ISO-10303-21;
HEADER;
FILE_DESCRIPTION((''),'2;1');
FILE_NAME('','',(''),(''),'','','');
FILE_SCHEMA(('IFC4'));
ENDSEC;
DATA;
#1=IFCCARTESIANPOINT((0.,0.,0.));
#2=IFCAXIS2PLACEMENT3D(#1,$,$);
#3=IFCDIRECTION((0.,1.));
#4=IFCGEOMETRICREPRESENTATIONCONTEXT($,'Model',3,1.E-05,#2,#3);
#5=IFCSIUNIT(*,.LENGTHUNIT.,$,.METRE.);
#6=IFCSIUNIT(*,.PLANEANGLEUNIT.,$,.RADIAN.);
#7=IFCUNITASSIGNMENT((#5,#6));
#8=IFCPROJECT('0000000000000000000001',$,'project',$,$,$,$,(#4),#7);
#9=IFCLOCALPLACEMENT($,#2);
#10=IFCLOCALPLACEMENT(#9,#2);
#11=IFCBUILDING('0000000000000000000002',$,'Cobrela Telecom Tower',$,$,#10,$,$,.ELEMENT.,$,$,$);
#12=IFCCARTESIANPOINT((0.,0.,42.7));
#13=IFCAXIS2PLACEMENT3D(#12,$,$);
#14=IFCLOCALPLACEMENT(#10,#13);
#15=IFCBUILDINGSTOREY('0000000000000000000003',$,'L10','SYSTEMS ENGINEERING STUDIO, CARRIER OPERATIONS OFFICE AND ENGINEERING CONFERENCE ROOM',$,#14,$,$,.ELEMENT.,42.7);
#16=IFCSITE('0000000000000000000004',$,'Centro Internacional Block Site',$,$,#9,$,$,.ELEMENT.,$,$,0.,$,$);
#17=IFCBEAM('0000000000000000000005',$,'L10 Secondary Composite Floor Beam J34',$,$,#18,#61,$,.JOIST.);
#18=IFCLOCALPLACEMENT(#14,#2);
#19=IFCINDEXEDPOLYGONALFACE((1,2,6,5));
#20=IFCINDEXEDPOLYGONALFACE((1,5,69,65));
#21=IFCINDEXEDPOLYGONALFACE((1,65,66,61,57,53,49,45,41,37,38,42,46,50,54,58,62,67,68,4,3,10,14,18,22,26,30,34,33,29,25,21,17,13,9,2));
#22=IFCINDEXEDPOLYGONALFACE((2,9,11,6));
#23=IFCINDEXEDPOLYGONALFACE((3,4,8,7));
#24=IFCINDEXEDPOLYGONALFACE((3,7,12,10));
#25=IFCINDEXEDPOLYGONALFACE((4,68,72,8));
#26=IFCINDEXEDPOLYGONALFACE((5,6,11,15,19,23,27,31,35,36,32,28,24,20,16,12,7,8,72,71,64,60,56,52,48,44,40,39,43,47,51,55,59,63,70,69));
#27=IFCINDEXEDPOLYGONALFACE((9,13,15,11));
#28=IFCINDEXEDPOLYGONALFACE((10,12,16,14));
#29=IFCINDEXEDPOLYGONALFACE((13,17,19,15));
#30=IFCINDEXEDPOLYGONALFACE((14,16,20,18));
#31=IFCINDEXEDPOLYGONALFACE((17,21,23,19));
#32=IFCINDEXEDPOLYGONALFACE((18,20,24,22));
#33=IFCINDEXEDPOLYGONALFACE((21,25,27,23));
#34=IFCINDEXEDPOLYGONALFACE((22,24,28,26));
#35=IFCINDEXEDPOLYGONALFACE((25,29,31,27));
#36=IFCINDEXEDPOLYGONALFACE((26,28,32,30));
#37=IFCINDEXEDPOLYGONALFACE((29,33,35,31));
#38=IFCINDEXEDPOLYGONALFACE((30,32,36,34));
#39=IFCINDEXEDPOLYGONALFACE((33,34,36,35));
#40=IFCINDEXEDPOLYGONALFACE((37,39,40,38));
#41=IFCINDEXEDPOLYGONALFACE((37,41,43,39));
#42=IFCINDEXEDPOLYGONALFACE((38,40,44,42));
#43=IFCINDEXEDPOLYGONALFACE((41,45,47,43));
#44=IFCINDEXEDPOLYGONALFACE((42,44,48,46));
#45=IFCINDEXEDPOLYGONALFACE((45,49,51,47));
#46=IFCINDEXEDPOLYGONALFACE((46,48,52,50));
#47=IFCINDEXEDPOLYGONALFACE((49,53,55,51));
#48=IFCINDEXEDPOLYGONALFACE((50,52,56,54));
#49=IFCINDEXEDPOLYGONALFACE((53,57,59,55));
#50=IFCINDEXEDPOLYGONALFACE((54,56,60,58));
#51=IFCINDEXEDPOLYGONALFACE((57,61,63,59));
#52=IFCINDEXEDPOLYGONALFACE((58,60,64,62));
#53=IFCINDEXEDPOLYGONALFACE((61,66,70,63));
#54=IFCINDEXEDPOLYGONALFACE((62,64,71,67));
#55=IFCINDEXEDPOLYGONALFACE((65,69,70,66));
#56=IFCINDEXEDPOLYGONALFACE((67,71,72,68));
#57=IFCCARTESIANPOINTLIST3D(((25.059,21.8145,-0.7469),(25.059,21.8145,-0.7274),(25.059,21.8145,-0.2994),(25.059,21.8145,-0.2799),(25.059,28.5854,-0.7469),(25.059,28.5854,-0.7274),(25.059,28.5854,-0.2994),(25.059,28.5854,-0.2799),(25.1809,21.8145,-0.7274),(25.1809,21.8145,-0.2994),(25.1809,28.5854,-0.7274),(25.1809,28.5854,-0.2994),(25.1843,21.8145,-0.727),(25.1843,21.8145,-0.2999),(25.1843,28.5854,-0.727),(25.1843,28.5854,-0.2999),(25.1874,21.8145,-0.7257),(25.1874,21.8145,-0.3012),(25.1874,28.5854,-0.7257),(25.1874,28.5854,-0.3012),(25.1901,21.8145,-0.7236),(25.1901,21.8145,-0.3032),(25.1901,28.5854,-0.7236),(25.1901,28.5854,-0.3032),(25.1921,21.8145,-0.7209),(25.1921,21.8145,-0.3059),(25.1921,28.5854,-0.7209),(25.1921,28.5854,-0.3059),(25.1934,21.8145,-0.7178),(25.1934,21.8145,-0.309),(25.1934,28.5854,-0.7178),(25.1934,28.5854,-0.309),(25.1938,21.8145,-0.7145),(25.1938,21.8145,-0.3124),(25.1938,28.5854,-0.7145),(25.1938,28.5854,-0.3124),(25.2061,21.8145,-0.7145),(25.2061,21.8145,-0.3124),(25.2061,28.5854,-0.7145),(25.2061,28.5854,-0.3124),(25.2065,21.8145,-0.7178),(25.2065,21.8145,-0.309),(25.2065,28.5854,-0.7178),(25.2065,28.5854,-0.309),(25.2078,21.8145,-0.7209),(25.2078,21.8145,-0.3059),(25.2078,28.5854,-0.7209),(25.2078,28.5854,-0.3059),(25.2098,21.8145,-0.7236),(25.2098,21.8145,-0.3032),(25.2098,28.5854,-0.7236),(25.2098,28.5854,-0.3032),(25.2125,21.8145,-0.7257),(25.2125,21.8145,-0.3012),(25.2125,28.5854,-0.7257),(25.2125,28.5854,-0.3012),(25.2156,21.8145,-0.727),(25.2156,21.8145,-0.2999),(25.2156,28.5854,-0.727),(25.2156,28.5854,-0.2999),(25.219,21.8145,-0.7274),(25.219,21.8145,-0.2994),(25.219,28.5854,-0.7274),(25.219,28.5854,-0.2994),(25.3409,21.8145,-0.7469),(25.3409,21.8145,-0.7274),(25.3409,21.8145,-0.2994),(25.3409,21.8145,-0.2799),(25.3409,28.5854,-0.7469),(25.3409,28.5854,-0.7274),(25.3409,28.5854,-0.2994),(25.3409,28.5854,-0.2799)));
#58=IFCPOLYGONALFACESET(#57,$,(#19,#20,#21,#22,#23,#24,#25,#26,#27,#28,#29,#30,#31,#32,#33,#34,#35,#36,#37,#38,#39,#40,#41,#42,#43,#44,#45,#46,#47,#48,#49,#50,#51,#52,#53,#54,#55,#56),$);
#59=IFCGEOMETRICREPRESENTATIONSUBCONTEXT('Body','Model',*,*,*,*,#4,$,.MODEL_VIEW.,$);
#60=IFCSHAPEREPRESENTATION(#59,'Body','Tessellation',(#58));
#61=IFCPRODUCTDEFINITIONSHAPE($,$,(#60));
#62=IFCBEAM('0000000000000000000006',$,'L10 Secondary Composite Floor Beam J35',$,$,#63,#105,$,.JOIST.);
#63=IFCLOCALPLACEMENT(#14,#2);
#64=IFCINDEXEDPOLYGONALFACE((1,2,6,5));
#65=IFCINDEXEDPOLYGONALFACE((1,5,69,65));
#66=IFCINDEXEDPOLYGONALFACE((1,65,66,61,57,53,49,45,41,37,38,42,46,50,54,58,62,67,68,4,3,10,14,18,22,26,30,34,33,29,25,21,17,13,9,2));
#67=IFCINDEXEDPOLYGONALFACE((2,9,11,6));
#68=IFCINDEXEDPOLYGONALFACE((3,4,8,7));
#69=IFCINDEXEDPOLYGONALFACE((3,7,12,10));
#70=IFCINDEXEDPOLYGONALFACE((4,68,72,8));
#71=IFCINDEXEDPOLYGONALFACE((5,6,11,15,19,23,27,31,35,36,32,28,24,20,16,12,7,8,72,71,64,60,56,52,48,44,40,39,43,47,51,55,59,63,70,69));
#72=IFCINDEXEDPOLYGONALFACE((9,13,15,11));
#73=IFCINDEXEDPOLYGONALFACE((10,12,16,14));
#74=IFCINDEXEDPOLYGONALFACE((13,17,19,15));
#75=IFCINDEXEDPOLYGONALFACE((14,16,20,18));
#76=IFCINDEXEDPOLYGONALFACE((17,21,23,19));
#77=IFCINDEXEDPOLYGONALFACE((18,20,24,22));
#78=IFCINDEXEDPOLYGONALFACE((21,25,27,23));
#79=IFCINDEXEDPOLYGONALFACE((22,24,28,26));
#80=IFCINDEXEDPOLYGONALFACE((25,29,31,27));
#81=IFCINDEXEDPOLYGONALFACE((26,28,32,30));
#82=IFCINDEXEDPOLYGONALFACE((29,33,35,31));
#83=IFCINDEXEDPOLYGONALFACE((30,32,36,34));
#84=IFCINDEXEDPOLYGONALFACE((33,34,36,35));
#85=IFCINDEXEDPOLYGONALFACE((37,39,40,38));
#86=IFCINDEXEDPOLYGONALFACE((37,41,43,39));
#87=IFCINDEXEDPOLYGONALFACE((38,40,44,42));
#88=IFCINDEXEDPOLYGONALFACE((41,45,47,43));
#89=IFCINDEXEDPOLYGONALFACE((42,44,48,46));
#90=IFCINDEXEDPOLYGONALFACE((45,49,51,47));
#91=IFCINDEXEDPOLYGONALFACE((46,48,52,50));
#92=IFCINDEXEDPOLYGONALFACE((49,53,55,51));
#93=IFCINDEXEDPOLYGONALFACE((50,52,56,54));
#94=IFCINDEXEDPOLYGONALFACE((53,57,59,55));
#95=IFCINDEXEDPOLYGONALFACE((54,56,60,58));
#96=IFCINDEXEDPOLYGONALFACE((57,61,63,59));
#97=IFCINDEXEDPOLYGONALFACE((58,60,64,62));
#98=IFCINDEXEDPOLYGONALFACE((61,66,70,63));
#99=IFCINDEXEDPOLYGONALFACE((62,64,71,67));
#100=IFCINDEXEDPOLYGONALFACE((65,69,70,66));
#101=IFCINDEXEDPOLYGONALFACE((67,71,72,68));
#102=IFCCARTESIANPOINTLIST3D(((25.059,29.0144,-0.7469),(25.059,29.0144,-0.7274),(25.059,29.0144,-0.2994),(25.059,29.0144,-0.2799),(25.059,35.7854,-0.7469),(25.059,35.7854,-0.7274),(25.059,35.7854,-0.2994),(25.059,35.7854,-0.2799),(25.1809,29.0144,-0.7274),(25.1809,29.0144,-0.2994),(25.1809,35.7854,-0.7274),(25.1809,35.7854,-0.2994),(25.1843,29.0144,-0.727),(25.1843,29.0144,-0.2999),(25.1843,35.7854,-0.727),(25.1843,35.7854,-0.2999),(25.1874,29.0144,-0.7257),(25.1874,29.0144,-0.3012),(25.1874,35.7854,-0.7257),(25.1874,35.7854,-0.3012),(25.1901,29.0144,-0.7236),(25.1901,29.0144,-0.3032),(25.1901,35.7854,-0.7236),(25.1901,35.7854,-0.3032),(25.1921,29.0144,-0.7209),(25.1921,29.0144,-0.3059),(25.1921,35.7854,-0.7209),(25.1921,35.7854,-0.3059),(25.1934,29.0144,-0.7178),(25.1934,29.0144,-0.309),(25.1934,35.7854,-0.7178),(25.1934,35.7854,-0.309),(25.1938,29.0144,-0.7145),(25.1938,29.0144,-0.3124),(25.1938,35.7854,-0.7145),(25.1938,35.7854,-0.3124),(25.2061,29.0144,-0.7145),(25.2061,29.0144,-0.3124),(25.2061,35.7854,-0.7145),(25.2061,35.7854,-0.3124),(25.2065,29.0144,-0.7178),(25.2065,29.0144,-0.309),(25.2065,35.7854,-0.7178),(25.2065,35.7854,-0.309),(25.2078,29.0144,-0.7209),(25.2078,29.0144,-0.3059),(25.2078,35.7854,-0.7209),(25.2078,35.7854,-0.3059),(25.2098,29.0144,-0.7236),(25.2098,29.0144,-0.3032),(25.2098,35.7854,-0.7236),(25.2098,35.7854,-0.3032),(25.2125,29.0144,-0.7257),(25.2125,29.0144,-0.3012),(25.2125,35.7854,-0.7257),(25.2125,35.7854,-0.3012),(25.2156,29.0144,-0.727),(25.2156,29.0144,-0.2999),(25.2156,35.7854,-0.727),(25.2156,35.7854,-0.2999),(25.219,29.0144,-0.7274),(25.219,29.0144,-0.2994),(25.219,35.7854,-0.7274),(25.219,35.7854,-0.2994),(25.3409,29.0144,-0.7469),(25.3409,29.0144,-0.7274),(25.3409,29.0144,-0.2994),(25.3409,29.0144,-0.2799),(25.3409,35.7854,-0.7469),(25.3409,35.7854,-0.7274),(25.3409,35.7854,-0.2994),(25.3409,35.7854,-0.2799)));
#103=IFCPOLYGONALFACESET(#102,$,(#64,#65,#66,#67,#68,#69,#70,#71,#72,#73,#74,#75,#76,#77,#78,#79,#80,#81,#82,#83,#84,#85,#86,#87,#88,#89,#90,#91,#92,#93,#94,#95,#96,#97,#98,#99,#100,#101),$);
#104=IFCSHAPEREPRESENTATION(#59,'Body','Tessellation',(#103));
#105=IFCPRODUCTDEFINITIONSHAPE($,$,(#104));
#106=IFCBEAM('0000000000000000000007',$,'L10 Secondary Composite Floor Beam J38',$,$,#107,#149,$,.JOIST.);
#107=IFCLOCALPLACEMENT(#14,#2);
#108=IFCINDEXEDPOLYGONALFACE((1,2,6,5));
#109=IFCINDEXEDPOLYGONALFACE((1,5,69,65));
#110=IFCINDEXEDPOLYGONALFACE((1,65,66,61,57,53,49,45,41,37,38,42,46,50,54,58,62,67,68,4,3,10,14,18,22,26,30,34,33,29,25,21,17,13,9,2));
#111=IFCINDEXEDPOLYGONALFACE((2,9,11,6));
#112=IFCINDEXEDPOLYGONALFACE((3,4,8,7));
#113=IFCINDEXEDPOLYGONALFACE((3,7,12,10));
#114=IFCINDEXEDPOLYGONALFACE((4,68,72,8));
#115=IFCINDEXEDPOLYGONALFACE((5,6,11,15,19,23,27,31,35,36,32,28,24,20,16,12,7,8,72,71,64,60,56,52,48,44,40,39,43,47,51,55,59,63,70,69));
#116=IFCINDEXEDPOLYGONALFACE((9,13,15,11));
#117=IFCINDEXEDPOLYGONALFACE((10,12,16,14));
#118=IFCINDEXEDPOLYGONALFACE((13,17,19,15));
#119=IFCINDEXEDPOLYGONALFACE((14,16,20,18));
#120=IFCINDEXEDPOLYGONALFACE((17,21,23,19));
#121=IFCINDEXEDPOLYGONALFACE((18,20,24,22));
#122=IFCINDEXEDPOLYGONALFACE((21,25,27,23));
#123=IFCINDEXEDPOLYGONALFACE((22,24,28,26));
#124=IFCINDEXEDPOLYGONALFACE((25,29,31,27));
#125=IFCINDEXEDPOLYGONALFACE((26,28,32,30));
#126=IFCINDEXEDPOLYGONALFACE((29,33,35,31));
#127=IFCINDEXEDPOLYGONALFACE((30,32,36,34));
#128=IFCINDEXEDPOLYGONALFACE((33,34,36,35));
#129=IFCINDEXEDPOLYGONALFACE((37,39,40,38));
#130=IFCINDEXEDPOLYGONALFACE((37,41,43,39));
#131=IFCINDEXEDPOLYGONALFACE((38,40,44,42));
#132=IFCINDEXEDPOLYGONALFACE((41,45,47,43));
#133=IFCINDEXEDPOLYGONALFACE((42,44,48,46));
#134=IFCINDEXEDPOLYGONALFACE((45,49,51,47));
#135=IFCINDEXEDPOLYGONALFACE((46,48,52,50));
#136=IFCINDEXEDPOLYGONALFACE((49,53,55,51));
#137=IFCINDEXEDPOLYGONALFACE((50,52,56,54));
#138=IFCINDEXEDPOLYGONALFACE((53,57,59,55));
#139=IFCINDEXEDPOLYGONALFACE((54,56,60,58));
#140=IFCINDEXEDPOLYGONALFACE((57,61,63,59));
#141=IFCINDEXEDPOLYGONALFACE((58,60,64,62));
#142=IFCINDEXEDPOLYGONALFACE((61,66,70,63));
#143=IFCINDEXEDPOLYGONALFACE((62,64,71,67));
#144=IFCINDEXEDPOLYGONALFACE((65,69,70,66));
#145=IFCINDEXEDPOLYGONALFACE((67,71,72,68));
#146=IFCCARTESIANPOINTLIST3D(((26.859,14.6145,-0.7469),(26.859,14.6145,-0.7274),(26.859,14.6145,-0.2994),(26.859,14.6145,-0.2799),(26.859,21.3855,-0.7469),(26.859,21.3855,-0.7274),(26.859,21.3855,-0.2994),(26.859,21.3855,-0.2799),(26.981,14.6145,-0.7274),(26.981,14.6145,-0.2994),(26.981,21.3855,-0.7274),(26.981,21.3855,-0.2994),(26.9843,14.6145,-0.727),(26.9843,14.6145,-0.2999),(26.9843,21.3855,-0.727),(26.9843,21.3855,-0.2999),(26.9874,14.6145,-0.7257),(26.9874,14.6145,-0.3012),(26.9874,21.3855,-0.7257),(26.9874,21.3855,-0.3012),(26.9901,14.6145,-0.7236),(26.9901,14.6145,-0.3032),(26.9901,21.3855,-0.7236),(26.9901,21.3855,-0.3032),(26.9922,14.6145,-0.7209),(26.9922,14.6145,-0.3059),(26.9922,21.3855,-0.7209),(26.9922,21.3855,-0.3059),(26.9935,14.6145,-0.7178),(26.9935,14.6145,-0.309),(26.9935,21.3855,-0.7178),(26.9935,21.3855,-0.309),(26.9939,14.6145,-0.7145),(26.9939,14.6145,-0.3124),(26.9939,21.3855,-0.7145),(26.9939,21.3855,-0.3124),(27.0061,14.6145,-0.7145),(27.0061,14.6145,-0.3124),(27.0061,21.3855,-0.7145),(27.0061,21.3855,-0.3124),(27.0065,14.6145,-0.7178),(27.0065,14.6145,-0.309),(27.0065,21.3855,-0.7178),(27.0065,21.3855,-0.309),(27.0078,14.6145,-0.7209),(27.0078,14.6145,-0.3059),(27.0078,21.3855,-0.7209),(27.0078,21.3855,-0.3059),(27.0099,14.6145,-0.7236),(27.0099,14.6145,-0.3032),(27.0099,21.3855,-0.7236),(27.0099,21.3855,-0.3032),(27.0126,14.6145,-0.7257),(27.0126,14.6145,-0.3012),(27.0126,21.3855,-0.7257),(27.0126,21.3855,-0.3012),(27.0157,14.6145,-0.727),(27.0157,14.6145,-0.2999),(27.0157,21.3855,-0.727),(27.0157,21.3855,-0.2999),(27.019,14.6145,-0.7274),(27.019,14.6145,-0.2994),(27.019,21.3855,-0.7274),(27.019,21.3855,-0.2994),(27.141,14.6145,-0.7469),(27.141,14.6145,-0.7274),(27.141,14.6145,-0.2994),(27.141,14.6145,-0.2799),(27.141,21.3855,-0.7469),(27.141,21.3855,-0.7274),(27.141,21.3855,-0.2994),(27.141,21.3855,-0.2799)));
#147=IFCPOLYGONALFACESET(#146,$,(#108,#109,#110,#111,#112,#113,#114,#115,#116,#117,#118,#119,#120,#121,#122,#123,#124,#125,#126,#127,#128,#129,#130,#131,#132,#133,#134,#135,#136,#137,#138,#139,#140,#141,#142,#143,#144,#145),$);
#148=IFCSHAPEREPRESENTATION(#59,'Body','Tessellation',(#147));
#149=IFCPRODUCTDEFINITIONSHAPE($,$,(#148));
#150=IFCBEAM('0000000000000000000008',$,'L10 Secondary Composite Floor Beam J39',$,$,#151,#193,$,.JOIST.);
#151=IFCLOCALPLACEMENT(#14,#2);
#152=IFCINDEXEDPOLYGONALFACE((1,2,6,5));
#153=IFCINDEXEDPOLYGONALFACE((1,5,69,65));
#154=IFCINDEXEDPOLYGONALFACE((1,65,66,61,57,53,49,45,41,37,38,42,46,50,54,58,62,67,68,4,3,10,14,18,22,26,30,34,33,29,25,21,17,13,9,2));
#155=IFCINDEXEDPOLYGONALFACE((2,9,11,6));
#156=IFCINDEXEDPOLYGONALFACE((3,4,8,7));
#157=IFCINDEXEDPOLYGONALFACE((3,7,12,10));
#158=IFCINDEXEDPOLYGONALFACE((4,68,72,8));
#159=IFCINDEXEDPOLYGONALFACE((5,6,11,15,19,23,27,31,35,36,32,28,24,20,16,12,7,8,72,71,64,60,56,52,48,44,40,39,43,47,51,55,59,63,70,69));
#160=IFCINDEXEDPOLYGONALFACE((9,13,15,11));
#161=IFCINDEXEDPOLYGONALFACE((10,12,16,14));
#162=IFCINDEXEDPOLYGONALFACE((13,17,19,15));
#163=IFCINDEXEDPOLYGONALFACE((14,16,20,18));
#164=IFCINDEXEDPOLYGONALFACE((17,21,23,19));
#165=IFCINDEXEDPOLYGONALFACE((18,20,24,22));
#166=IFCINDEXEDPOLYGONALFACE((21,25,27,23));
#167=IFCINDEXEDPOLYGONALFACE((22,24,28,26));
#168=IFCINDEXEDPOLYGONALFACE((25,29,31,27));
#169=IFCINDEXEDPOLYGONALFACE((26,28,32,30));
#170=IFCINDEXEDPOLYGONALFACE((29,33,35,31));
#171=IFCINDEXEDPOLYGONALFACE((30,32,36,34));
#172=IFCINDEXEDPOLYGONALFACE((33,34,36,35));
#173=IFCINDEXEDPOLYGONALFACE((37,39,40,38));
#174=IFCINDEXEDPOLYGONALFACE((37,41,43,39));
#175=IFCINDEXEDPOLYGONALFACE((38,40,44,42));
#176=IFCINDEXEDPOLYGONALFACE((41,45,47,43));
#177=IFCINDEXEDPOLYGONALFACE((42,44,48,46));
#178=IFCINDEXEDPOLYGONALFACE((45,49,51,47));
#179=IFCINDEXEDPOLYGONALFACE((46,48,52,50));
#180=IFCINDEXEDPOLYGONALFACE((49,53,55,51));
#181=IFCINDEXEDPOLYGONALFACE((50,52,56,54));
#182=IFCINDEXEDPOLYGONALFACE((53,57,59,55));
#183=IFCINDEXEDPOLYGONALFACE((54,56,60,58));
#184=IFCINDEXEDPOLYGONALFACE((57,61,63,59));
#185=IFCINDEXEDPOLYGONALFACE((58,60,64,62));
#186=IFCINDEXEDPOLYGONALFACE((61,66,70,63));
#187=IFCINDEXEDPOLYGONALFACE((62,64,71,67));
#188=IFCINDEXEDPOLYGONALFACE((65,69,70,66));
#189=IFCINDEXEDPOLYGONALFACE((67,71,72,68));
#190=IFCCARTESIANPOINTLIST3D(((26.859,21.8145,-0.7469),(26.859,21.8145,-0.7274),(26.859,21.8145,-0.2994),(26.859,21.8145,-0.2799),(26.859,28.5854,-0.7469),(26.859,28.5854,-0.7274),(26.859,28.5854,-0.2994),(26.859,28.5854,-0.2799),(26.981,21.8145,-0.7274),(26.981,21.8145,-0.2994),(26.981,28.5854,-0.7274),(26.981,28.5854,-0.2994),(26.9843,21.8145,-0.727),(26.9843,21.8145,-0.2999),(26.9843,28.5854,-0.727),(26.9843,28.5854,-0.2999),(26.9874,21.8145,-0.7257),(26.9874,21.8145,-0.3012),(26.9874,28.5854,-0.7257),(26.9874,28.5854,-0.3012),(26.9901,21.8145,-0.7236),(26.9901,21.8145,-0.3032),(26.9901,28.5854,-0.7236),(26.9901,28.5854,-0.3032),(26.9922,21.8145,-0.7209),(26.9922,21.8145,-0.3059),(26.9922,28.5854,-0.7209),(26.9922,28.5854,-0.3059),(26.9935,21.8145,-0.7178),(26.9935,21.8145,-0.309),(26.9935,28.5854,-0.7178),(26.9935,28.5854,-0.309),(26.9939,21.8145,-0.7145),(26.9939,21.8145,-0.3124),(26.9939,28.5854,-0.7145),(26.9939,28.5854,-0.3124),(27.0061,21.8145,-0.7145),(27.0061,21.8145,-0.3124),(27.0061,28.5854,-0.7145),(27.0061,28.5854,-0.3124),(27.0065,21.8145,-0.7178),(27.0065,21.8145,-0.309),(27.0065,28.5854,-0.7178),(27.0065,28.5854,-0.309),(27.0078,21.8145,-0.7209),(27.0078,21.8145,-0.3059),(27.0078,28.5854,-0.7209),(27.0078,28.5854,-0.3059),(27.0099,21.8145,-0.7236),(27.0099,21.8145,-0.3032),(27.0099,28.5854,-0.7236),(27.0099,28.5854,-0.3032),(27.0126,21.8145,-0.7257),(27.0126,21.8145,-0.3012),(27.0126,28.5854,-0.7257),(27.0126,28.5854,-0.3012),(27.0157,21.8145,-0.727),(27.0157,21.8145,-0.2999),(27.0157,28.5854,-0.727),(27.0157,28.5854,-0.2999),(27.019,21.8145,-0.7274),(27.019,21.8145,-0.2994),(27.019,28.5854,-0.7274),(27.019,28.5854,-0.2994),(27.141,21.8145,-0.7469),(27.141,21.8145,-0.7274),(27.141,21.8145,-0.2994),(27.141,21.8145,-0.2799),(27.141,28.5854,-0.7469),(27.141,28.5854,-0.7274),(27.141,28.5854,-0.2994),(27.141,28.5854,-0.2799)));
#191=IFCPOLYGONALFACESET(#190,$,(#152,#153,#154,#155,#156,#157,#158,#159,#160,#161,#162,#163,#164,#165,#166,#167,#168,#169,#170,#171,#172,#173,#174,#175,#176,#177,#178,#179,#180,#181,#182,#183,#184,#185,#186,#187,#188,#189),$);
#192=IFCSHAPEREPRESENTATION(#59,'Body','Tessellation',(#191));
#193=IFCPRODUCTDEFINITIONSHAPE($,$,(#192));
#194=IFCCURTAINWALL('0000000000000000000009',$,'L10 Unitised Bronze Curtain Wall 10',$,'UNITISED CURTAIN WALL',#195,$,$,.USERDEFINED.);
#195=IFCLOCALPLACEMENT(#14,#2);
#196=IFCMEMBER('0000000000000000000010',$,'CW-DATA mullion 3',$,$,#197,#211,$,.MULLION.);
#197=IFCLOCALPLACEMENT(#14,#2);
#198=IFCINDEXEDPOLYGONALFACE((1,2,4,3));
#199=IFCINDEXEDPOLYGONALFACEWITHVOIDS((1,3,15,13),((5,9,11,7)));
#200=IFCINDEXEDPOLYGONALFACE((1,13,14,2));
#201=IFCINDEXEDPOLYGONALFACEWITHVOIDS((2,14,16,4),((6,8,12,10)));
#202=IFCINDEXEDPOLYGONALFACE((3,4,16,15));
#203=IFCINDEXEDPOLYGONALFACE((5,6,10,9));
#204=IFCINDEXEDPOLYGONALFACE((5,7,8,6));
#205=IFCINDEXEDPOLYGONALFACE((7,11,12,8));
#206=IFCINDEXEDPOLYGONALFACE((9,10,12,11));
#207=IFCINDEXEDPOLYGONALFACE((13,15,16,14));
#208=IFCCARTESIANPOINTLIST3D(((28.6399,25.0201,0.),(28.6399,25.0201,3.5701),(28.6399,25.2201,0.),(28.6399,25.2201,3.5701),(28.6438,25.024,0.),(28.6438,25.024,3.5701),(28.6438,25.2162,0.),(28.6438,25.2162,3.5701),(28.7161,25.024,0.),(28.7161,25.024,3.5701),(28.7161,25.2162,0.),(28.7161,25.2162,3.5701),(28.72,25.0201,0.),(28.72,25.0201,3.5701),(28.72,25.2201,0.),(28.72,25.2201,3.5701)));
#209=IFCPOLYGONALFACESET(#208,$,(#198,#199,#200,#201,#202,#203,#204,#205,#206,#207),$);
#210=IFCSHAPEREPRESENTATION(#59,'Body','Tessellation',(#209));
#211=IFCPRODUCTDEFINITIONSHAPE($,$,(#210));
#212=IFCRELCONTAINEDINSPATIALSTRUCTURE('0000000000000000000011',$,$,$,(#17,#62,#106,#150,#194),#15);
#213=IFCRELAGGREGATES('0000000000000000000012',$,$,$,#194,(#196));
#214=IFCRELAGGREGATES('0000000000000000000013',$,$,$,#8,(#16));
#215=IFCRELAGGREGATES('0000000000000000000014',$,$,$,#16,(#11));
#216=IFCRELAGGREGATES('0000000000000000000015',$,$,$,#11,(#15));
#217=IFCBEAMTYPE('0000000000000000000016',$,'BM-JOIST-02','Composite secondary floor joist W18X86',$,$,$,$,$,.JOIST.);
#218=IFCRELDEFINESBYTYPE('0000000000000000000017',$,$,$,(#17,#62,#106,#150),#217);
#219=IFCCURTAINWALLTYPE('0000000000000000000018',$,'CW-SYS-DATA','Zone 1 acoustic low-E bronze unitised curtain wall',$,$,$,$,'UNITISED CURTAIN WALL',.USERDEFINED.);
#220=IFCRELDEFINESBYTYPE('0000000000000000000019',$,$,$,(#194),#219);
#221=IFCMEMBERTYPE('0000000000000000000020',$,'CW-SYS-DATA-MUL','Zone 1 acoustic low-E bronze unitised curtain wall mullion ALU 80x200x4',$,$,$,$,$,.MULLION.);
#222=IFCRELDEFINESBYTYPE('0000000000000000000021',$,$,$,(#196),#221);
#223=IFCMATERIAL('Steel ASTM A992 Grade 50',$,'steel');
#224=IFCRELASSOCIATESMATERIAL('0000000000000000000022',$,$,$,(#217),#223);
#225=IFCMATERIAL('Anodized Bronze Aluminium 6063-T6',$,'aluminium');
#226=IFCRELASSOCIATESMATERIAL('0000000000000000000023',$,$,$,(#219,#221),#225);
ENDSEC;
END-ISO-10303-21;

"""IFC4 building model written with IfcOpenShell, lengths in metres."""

from ifc_helpers import new_model, si_unit, direction, frame, origin, origin_2d, place, context, subcontext, project, spatial, hollow_rectangle, i_section, extrude, material, material_profile, profile_set, type_object, element, aggregate, save


model = new_model("IFC4")

# Units and contexts
model_context = context("Model", 3, precision=1e-05, world=origin(), true_north=direction((0.0, 1.0)))
body_context = subcontext(model_context, "Body", "Model", "MODEL_VIEW")
ifc_project = project(units=[si_unit("LENGTHUNIT", "METRE"), si_unit("PLANEANGLEUNIT", "RADIAN")], contexts=[model_context])

# Site, building, storey
site_placement = place(None, origin())
site = spatial("IfcSite", under=ifc_project, at=site_placement, Name="Centro Internacional Block Site", CompositionType="ELEMENT", RefElevation=0.0)
building_placement = place(site_placement, origin())
building = spatial("IfcBuilding", under=site, at=building_placement, Name="Cobrela Telecom Tower", CompositionType="ELEMENT")
storey_placement = place(building_placement, frame((0.0, 0.0, 42.7)))
storey = spatial("IfcBuildingStorey", under=building, at=storey_placement, Name="L10", Description="SYSTEMS ENGINEERING STUDIO, CARRIER OPERATIONS OFFICE AND ENGINEERING CONFERENCE ROOM", CompositionType="ELEMENT", Elevation=42.7)

# Shared definitions
ifc_material_1 = material(Name="Steel ASTM A992 Grade 50", Category="steel")

# Beams
ifc_material_profile_1 = material_profile(ifc_material_1, i_section(OverallWidth=0.282, OverallDepth=0.467, WebThickness=0.0122, FlangeThickness=0.0195, FilletRadius=0.0129, at=origin_2d()), Name="W18X86")
ifc_profile_set_1 = profile_set([ifc_material_profile_1], Name="Steel ASTM A992 Grade 50")
beam_type_1 = type_object("IfcBeamType", Name="BM-JOIST-02", Description="Composite secondary floor joist W18X86", PredefinedType="JOIST", material=ifc_profile_set_1)
for number, where, z_axis, x_axis, name in (
    (1, (25.2, 21.8145, -0.5134), (0.0, 1.0, 0.0), (-1.0, 0.0, 0.0), "L10 Secondary Composite Floor Beam J34"),
    (2, (25.2, 29.0144, -0.5134), (0.0, 1.0, 0.0), (-1.0, 0.0, 0.0), "L10 Secondary Composite Floor Beam J35"),
    (3, (27.0, 14.6145, -0.5134), (0.0, 1.0, 0.0), (-1.0, 0.0, 0.0), "L10 Secondary Composite Floor Beam J38"),
    (4, (27.0, 21.8145, -0.5134), (0.0, 1.0, 0.0), (-1.0, 0.0, 0.0), "L10 Secondary Composite Floor Beam J39"),
):
    element("IfcBeam", number, at=place(storey_placement, frame(where, z_axis=z_axis, x_axis=x_axis)), inside=storey, type_object=beam_type_1, Name=name, PredefinedType="JOIST", context=body_context, shape_type="SweptSolid", body=[
        extrude(i_section(OverallWidth=0.282, OverallDepth=0.467, WebThickness=0.0122, FlangeThickness=0.0195, FilletRadius=0.0129, at=origin_2d()), origin(), (0.0, 0.0, 1.0), 6.771),
    ])

# Curtain wall, member
ifc_material_2 = material(Name="Anodized Bronze Aluminium 6063-T6", Category="aluminium")
curtain_wall_type = type_object("IfcCurtainWallType", Name="CW-SYS-DATA", Description="Zone 1 acoustic low-E bronze unitised curtain wall", ElementType="UNITISED CURTAIN WALL", PredefinedType="USERDEFINED", material=ifc_material_2)
curtain_wall_placement = place(storey_placement, origin())
curtain_wall = element("IfcCurtainWall", 5, at=curtain_wall_placement, inside=storey, type_object=curtain_wall_type, Name="L10 Unitised Bronze Curtain Wall 10", ObjectType="UNITISED CURTAIN WALL", PredefinedType="USERDEFINED")
ifc_material_profile_2 = material_profile(ifc_material_2, hollow_rectangle(XDim=0.0801, YDim=0.2, WallThickness=0.0039, at=origin_2d()), Name="ALU 80x200x4")
ifc_profile_set_2 = profile_set([ifc_material_profile_2], Name="Anodized Bronze Aluminium 6063-T6")
member_type = type_object("IfcMemberType", Name="CW-SYS-DATA-MUL", Description="Zone 1 acoustic low-E bronze unitised curtain wall mullion ALU 80x200x4", PredefinedType="MULLION", material=ifc_profile_set_2)
member_placement = place(storey_placement, frame((28.6799, 25.1201, 0.0), z_axis=(0.0, 0.0, 1.0), x_axis=(1.0, 0.0, 0.0)))
member = element("IfcMember", 6, at=member_placement, type_object=member_type, Name="CW-DATA mullion 3", PredefinedType="MULLION", context=body_context, shape_type="SweptSolid", body=[
    extrude(hollow_rectangle(XDim=0.0801, YDim=0.2, WallThickness=0.0039, at=origin_2d()), origin(), (0.0, 0.0, 1.0), 3.5701),
])
aggregate(curtain_wall, [member])

save(model, "model.ifc")
